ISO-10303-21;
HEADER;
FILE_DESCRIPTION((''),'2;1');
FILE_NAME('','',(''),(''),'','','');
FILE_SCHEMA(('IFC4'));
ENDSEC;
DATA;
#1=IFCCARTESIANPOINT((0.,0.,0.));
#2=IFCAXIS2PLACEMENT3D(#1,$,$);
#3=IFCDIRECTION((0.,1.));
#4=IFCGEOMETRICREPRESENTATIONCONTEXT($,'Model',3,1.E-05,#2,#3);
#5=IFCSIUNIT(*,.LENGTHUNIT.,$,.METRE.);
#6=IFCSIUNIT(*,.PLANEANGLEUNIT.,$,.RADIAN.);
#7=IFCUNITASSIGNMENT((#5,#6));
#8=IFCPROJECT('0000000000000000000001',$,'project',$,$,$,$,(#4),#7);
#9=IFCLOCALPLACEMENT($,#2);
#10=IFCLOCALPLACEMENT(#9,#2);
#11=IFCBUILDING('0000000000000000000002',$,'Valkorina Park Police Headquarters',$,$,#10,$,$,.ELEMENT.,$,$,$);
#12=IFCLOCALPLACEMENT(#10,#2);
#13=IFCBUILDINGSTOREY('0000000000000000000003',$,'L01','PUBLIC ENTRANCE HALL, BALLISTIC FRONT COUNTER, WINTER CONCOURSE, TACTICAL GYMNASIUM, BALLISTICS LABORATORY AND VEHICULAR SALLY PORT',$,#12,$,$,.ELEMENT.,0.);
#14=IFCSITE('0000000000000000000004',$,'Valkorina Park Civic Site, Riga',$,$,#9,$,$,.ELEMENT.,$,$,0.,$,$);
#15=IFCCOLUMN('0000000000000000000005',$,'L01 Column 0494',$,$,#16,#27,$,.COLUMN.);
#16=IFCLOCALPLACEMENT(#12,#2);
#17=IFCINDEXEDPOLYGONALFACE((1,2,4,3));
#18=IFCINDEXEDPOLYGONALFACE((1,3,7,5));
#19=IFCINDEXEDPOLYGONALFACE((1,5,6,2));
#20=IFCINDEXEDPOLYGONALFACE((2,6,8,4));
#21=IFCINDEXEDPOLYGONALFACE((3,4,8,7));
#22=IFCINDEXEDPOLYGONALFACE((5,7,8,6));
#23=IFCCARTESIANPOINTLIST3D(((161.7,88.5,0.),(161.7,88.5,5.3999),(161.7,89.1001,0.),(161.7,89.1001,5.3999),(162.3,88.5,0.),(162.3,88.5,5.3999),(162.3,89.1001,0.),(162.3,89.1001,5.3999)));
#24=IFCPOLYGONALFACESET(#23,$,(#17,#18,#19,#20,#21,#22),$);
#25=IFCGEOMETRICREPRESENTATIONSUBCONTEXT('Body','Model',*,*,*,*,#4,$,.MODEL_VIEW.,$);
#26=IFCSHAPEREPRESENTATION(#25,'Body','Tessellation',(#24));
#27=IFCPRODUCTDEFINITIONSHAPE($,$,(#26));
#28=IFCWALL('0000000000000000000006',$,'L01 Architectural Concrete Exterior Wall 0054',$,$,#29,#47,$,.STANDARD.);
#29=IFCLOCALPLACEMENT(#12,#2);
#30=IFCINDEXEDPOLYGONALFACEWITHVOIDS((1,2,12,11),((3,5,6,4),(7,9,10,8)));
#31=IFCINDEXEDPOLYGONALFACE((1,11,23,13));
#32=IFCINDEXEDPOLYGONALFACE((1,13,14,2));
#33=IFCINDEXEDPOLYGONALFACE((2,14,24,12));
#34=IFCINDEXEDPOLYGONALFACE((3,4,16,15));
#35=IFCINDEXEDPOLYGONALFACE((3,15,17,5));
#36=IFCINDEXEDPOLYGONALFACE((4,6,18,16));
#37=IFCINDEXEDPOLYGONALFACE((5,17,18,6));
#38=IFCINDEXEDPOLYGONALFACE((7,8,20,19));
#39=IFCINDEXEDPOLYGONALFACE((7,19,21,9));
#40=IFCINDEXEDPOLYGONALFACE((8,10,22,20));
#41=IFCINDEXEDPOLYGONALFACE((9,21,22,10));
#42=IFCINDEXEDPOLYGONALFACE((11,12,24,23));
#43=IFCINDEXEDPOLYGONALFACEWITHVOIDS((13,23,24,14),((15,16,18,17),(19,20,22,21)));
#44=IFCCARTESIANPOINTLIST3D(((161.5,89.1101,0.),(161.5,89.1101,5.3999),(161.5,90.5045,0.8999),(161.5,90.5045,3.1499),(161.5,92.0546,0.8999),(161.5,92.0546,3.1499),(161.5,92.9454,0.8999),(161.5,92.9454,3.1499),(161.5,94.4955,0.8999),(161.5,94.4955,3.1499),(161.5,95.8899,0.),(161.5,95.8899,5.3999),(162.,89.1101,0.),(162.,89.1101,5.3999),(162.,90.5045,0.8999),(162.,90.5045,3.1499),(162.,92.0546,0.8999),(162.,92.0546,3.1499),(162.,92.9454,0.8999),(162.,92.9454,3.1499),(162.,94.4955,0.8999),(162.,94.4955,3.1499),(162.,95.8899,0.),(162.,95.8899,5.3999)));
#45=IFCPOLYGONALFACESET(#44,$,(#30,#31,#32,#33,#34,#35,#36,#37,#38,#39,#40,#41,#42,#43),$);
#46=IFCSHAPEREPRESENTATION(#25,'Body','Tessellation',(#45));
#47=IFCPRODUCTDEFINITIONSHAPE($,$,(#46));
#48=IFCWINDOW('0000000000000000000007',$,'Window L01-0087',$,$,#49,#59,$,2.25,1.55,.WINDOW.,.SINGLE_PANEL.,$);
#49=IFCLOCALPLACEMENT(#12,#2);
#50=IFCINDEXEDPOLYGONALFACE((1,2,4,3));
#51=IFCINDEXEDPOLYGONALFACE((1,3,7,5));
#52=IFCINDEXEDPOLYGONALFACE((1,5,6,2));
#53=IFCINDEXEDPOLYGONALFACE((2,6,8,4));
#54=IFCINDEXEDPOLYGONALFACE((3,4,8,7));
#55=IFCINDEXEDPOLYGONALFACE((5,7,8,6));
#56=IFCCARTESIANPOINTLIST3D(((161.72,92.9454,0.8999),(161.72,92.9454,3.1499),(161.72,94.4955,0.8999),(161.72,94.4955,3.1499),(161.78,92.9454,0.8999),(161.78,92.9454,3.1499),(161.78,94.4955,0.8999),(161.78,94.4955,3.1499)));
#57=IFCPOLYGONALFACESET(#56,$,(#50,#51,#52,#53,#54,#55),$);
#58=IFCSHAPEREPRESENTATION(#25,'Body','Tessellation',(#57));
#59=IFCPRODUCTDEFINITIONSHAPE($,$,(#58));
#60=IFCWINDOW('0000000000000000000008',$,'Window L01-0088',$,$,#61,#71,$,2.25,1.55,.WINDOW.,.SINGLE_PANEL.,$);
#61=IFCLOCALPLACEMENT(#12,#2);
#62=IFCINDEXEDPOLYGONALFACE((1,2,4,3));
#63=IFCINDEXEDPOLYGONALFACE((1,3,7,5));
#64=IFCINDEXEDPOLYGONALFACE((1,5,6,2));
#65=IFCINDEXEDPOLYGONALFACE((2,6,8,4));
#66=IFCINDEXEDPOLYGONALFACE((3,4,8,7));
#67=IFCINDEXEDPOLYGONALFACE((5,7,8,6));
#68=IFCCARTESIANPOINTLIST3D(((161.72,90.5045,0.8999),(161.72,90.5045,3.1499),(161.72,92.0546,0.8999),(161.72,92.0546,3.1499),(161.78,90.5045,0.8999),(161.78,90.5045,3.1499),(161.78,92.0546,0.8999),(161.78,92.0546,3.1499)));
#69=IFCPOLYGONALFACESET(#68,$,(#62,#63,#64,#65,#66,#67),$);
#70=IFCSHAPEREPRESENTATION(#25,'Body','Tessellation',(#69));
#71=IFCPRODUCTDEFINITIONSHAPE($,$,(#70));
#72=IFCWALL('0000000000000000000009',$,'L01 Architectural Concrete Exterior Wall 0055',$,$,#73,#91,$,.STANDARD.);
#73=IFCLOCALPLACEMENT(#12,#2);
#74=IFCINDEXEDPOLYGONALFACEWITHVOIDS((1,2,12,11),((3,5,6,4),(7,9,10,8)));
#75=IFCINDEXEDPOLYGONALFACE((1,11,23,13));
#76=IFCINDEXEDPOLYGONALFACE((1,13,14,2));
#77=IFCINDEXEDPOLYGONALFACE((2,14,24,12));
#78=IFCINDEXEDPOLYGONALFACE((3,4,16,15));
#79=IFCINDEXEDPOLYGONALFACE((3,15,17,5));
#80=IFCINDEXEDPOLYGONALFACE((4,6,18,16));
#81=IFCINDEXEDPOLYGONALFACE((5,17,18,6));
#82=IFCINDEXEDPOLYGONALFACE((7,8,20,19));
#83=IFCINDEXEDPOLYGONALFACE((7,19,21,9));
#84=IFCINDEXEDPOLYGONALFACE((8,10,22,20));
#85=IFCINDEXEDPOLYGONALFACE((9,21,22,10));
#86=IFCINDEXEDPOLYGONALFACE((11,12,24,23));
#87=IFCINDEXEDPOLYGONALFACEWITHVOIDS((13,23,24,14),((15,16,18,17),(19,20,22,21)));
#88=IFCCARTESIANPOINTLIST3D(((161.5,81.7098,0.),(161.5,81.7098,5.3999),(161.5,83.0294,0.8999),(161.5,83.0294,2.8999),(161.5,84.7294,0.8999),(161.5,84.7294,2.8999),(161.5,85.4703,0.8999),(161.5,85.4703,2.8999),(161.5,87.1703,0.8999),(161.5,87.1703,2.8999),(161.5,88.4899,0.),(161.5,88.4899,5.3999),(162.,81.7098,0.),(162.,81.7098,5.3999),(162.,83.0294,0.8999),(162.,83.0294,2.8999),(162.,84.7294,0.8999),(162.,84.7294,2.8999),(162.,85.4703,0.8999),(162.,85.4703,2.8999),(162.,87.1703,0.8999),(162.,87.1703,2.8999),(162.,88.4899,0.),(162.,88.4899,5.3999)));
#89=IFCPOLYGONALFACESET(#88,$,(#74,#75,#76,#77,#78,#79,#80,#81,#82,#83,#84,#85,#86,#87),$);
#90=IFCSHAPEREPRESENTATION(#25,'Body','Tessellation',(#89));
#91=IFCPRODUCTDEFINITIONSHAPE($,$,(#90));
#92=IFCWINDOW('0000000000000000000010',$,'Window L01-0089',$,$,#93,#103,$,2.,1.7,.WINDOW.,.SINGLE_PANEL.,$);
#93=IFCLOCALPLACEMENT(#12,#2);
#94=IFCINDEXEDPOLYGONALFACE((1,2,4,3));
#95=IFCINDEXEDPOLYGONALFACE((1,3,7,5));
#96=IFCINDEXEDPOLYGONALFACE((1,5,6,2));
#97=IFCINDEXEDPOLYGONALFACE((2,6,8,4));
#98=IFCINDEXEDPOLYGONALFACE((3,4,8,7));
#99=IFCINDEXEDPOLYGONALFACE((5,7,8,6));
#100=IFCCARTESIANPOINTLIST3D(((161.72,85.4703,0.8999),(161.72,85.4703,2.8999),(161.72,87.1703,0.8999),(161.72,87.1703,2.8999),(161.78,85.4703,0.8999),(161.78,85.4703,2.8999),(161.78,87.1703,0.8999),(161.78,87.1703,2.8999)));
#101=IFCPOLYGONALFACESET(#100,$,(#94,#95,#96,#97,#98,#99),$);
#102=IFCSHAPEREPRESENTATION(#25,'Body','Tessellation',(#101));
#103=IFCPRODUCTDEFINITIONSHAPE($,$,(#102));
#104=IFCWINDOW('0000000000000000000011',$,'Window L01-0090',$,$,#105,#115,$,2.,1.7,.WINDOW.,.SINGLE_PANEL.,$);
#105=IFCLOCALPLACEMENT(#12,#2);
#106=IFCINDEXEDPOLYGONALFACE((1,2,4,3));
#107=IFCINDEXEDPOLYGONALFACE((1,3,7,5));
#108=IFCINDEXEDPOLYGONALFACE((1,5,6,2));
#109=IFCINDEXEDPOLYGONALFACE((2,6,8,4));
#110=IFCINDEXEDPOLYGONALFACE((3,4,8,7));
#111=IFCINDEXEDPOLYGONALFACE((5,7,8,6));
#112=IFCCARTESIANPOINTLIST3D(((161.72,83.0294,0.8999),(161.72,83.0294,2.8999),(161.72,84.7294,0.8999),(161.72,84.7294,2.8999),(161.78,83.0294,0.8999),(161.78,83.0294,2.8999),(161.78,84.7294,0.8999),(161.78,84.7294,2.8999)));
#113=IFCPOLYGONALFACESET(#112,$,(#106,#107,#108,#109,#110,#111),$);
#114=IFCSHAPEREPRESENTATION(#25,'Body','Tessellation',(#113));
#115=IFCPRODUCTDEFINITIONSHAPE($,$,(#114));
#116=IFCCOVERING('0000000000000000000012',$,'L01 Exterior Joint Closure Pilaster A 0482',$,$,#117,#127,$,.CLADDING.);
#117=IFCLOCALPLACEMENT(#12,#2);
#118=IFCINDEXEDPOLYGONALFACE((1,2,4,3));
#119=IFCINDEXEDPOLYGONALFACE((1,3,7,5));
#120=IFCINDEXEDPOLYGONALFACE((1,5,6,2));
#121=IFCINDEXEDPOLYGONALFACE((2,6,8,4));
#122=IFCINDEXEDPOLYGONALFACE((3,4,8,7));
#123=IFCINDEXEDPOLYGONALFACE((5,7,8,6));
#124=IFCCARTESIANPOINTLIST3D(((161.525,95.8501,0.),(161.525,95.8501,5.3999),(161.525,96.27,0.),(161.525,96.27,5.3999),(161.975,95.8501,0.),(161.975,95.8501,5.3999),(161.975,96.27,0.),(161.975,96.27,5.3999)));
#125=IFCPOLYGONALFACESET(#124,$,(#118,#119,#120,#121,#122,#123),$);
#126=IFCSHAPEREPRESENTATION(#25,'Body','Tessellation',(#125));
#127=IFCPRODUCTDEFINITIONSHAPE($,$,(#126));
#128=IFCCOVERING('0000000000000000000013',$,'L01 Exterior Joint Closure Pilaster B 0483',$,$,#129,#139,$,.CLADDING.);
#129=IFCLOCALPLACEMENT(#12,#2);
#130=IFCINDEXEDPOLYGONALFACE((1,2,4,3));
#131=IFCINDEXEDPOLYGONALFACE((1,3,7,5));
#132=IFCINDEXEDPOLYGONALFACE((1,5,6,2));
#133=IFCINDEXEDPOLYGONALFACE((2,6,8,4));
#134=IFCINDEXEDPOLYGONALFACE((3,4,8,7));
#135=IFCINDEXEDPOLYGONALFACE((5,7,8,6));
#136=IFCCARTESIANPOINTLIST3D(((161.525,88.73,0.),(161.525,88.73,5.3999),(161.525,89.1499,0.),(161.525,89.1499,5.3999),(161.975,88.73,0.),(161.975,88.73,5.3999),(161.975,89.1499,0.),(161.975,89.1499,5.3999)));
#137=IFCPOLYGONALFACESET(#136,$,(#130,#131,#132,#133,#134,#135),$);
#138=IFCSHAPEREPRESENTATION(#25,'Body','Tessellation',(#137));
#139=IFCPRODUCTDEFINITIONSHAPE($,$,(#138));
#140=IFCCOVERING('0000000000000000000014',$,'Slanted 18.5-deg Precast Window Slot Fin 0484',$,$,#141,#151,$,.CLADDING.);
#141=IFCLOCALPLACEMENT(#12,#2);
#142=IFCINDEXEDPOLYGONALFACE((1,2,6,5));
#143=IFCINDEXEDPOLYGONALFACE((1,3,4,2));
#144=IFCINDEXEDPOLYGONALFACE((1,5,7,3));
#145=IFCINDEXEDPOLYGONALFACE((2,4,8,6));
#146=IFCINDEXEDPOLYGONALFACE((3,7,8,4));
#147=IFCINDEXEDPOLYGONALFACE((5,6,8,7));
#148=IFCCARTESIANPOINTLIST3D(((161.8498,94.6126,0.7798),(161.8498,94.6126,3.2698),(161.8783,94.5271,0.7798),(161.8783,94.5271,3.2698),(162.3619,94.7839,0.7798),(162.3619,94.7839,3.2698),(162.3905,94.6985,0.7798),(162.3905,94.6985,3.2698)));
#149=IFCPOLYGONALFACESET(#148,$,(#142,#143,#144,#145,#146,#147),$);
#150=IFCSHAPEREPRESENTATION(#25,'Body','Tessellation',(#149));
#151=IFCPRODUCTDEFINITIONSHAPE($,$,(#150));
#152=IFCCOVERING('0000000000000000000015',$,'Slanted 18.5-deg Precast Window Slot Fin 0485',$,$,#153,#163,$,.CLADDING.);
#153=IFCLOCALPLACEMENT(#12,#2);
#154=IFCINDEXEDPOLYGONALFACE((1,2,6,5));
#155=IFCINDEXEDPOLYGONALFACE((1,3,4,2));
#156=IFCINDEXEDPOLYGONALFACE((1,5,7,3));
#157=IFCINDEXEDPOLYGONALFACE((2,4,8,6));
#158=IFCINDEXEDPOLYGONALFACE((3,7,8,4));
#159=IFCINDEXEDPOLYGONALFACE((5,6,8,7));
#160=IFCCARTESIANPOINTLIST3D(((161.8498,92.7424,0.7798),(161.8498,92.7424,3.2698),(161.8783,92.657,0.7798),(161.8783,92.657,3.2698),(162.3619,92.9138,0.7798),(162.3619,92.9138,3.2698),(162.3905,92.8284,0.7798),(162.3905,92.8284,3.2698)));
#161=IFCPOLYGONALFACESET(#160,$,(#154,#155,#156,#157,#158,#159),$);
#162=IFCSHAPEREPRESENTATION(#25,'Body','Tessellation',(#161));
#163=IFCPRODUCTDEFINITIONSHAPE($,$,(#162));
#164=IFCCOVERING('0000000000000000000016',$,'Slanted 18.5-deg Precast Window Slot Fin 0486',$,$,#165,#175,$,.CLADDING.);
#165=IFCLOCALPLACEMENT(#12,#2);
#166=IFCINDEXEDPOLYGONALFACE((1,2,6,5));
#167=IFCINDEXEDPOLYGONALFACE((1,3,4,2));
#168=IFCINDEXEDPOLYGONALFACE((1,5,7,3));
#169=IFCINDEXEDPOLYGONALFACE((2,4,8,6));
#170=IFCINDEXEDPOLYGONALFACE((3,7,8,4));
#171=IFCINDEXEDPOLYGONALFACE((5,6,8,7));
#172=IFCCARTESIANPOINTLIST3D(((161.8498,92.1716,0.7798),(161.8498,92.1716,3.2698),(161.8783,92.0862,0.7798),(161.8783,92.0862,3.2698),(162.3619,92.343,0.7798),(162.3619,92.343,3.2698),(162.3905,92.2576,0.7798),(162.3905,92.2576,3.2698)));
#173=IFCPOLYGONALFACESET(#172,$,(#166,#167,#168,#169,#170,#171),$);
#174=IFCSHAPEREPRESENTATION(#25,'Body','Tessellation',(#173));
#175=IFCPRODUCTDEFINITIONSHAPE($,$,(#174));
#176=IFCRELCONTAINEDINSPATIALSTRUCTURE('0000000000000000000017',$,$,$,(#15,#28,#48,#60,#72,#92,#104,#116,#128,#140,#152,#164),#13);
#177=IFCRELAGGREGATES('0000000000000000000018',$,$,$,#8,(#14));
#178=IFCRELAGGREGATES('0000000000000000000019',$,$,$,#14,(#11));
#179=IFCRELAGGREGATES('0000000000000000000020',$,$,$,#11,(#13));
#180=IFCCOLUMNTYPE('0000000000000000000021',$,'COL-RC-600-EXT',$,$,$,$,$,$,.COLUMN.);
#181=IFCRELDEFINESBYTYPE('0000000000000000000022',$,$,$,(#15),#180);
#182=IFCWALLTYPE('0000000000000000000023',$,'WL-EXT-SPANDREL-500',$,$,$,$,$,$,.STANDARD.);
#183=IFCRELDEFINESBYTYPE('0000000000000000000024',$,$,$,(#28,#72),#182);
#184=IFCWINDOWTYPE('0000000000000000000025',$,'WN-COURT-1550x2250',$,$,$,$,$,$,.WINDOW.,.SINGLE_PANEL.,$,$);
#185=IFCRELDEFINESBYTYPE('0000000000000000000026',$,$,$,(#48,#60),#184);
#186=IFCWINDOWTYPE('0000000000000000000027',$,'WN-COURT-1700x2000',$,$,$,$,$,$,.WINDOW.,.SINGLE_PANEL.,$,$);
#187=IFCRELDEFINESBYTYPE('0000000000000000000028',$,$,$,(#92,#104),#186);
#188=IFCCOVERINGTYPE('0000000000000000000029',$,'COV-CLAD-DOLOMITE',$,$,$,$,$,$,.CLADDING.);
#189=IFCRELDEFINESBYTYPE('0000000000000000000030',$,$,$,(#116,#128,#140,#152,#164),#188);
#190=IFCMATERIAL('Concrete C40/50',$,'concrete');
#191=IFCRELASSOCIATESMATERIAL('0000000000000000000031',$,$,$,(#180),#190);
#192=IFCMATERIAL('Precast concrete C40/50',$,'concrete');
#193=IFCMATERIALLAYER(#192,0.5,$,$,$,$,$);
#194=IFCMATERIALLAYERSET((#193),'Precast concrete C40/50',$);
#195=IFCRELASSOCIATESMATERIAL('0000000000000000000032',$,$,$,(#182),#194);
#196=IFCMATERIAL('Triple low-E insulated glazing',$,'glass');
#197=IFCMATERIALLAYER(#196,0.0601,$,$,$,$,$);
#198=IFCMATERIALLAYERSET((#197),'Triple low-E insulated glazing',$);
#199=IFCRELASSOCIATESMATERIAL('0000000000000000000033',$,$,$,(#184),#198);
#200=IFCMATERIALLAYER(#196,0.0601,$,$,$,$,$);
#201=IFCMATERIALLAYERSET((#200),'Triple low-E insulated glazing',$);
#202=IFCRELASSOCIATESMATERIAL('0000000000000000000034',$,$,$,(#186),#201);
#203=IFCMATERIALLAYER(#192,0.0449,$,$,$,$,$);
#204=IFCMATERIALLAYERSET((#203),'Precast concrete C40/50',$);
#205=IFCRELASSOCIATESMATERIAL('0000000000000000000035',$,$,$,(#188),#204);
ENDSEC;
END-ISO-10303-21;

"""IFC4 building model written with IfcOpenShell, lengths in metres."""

from ifc_helpers import new_model, si_unit, direction, frame, frame_2d, origin, origin_2d, place, context, subcontext, project, spatial, rectangle, extrude, material, layer, layer_set, material_profile, profile_set, type_object, element, fill, save


model = new_model("IFC4")

# Units and contexts
model_context = context("Model", 3, precision=1e-05, world=origin(), true_north=direction((0.0, 1.0)))
body_context = subcontext(model_context, "Body", "Model", "MODEL_VIEW")
ifc_project = project(units=[si_unit("LENGTHUNIT", "METRE"), si_unit("PLANEANGLEUNIT", "RADIAN")], contexts=[model_context])

# Site, building, storey
site_placement = place(None, origin())
site = spatial("IfcSite", under=ifc_project, at=site_placement, Name="Valkorina Park Civic Site, Riga", CompositionType="ELEMENT", RefElevation=0.0)
building_placement = place(site_placement, origin())
building = spatial("IfcBuilding", under=site, at=building_placement, Name="Valkorina Park Police Headquarters", CompositionType="ELEMENT")
storey_placement = place(building_placement, origin())
storey = spatial("IfcBuildingStorey", under=building, at=storey_placement, Name="L01", Description="PUBLIC ENTRANCE HALL, BALLISTIC FRONT COUNTER, WINTER CONCOURSE, TACTICAL GYMNASIUM, BALLISTICS LABORATORY AND VEHICULAR SALLY PORT", CompositionType="ELEMENT", Elevation=0.0)

# Column
ifc_material_1 = material(Name="Concrete C40/50", Category="concrete")
ifc_material_profile = material_profile(ifc_material_1, rectangle(XDim=0.6001, YDim=0.6001, at=origin_2d()), Name="RC COL 600x600")
ifc_profile_set = profile_set([ifc_material_profile], Name="Concrete C40/50")
column_type = type_object("IfcColumnType", Name="COL-RC-600-EXT", PredefinedType="COLUMN", material=ifc_profile_set)
column_placement = place(storey_placement, frame((162.0, 88.8, 0.0), z_axis=(0.0, 0.0, 1.0), x_axis=(1.0, 0.0, 0.0)))
element("IfcColumn", 1, at=column_placement, inside=storey, type_object=column_type, Name="L01 Column 0494", PredefinedType="COLUMN", context=body_context, shape_type="SweptSolid", body=[
    extrude(rectangle(XDim=0.6001, YDim=0.6001, at=origin_2d()), origin(), (0.0, 0.0, 1.0), 5.3999),
])

# Walls, openings, windows
ifc_material_2 = material(Name="Precast concrete C40/50", Category="concrete")
ifc_layer_1 = layer(ifc_material_2, 0.5)
ifc_layer_set_1 = layer_set([ifc_layer_1], Name="Precast concrete C40/50")
wall_type = type_object("IfcWallType", Name="WL-EXT-SPANDREL-500", PredefinedType="STANDARD", material=ifc_layer_set_1)
wall_1_placement = place(storey_placement, frame((161.75, 95.8899, 0.0), z_axis=(0.0, 0.0, 1.0), x_axis=(0.0, -1.0, 0.0)))
wall_1 = element("IfcWall", 2, at=wall_1_placement, inside=storey, type_object=wall_type, Name="L01 Architectural Concrete Exterior Wall 0054", PredefinedType="STANDARD", context=body_context, shape_type="SweptSolid", body=[
    extrude(rectangle(XDim=6.7798, YDim=0.5, at=frame_2d((3.3899, 0.0))), origin(), (0.0, 0.0, 1.0), 5.3999),
])
opening_1_placement = place(wall_1_placement, frame((1.3945, 0.0, 0.8999)))
opening_1 = element("IfcOpeningElement", 3, at=opening_1_placement, cuts=wall_1, PredefinedType="OPENING", context=body_context, shape_type="SweptSolid", body=[
    extrude(rectangle(XDim=1.55, YDim=2.25, at=frame_2d((0.7749, 1.125))), frame((0.0, 0.26, 0.0), z_axis=(0.0, -1.0, 0.0), x_axis=(1.0, 0.0, 0.0)), (0.0, 0.0, 1.0), 0.52),
])
opening_2_placement = place(wall_1_placement, frame((3.8354, 0.0, 0.8999)))
opening_2 = element("IfcOpeningElement", 4, at=opening_2_placement, cuts=wall_1, PredefinedType="OPENING", context=body_context, shape_type="SweptSolid", body=[
    extrude(rectangle(XDim=1.55, YDim=2.25, at=frame_2d((0.7749, 1.125))), frame((0.0, 0.26, 0.0), z_axis=(0.0, -1.0, 0.0), x_axis=(1.0, 0.0, 0.0)), (0.0, 0.0, 1.0), 0.52),
])
ifc_material_3 = material(Name="Triple low-E insulated glazing", Category="glass")
ifc_layer_2 = layer(ifc_material_3, 0.0601)
ifc_layer_set_2 = layer_set([ifc_layer_2], Name="Triple low-E insulated glazing")
window_type_1 = type_object("IfcWindowType", Name="WN-COURT-1550x2250", PartitioningType="SINGLE_PANEL", PredefinedType="WINDOW", material=ifc_layer_set_2)
window_1_placement = place(opening_1_placement, origin())
window_1 = element("IfcWindow", 5, at=window_1_placement, inside=storey, type_object=window_type_1, Name="Window L01-0087", OverallHeight=2.25, OverallWidth=1.55, PartitioningType="SINGLE_PANEL", PredefinedType="WINDOW", context=body_context, shape_type="SweptSolid", body=[
    extrude(rectangle(XDim=1.55, YDim=2.25, at=frame_2d((0.7749, 1.125))), frame((0.0, 0.03, 0.0), z_axis=(0.0, -1.0, 0.0), x_axis=(1.0, 0.0, 0.0)), (0.0, 0.0, 1.0), 0.0601),
])
fill(opening_1, window_1)
window_2_placement = place(opening_2_placement, origin())
window_2 = element("IfcWindow", 6, at=window_2_placement, inside=storey, type_object=window_type_1, Name="Window L01-0088", OverallHeight=2.25, OverallWidth=1.55, PartitioningType="SINGLE_PANEL", PredefinedType="WINDOW", context=body_context, shape_type="SweptSolid", body=[
    extrude(rectangle(XDim=1.55, YDim=2.25, at=frame_2d((0.7749, 1.125))), frame((0.0, 0.03, 0.0), z_axis=(0.0, -1.0, 0.0), x_axis=(1.0, 0.0, 0.0)), (0.0, 0.0, 1.0), 0.0601),
])
fill(opening_2, window_2)
wall_2_placement = place(storey_placement, frame((161.75, 88.49, 0.0), z_axis=(0.0, 0.0, 1.0), x_axis=(0.0, -1.0, 0.0)))
wall_2 = element("IfcWall", 7, at=wall_2_placement, inside=storey, type_object=wall_type, Name="L01 Architectural Concrete Exterior Wall 0055", PredefinedType="STANDARD", context=body_context, shape_type="SweptSolid", body=[
    extrude(rectangle(XDim=6.78, YDim=0.5, at=frame_2d((3.3901, 0.0))), origin(), (0.0, 0.0, 1.0), 5.3999),
])
opening_3_placement = place(wall_2_placement, frame((1.3196, 0.0, 0.8999)))
opening_3 = element("IfcOpeningElement", 8, at=opening_3_placement, cuts=wall_2, PredefinedType="OPENING", context=body_context, shape_type="SweptSolid", body=[
    extrude(rectangle(XDim=1.7, YDim=2.0, at=frame_2d((0.8501, 1.0))), frame((0.0, 0.26, 0.0), z_axis=(0.0, -1.0, 0.0), x_axis=(1.0, 0.0, 0.0)), (0.0, 0.0, 1.0), 0.52),
])
opening_4_placement = place(wall_2_placement, frame((3.7605, 0.0, 0.8999)))
opening_4 = element("IfcOpeningElement", 9, at=opening_4_placement, cuts=wall_2, PredefinedType="OPENING", context=body_context, shape_type="SweptSolid", body=[
    extrude(rectangle(XDim=1.7, YDim=2.0, at=frame_2d((0.8501, 1.0))), frame((0.0, 0.26, 0.0), z_axis=(0.0, -1.0, 0.0), x_axis=(1.0, 0.0, 0.0)), (0.0, 0.0, 1.0), 0.52),
])
ifc_layer_3 = layer(ifc_material_3, 0.0601)
ifc_layer_set_3 = layer_set([ifc_layer_3], Name="Triple low-E insulated glazing")
window_type_2 = type_object("IfcWindowType", Name="WN-COURT-1700x2000", PartitioningType="SINGLE_PANEL", PredefinedType="WINDOW", material=ifc_layer_set_3)
window_3_placement = place(opening_3_placement, origin())
window_3 = element("IfcWindow", 10, at=window_3_placement, inside=storey, type_object=window_type_2, Name="Window L01-0089", OverallHeight=2.0, OverallWidth=1.7, PartitioningType="SINGLE_PANEL", PredefinedType="WINDOW", context=body_context, shape_type="SweptSolid", body=[
    extrude(rectangle(XDim=1.7, YDim=2.0, at=frame_2d((0.8501, 1.0))), frame((0.0, 0.03, 0.0), z_axis=(0.0, -1.0, 0.0), x_axis=(1.0, 0.0, 0.0)), (0.0, 0.0, 1.0), 0.0601),
])
fill(opening_3, window_3)
window_4_placement = place(opening_4_placement, origin())
window_4 = element("IfcWindow", 11, at=window_4_placement, inside=storey, type_object=window_type_2, Name="Window L01-0090", OverallHeight=2.0, OverallWidth=1.7, PartitioningType="SINGLE_PANEL", PredefinedType="WINDOW", context=body_context, shape_type="SweptSolid", body=[
    extrude(rectangle(XDim=1.7, YDim=2.0, at=frame_2d((0.8501, 1.0))), frame((0.0, 0.03, 0.0), z_axis=(0.0, -1.0, 0.0), x_axis=(1.0, 0.0, 0.0)), (0.0, 0.0, 1.0), 0.0601),
])
fill(opening_4, window_4)

# Coverings
ifc_layer_4 = layer(ifc_material_2, 0.0449)
ifc_layer_set_4 = layer_set([ifc_layer_4], Name="Precast concrete C40/50")
covering_type = type_object("IfcCoveringType", Name="COV-CLAD-DOLOMITE", PredefinedType="CLADDING", material=ifc_layer_set_4)
for number, where, z_axis, x_axis, name in (
    (12, (161.75, 96.0601, 0.0), (0.0, 0.0, 1.0), (0.0, 1.0, 0.0), "L01 Exterior Joint Closure Pilaster A 0482"),
    (13, (161.75, 88.9399, 0.0), (0.0, 0.0, 1.0), (0.0, 1.0, 0.0), "L01 Exterior Joint Closure Pilaster B 0483"),
):
    element("IfcCovering", number, at=place(storey_placement, frame(where, z_axis=z_axis, x_axis=x_axis)), inside=storey, type_object=covering_type, Name=name, PredefinedType="CLADDING", context=body_context, shape_type="SweptSolid", body=[
        extrude(rectangle(XDim=0.4199, YDim=0.45, at=origin_2d()), origin(), (0.0, 0.0, 1.0), 5.3999),
    ])
for number, where, z_axis, x_axis, name in (
    (14, (162.1201, 94.6555, 0.7798), (0.0, 0.0, 1.0), (0.948324, 0.317305, 0.0), "Slanted 18.5-deg Precast Window Slot Fin 0484"),
    (15, (162.1201, 92.7854, 0.7798), (0.0, 0.0, 1.0), (0.948324, 0.317305, 0.0), "Slanted 18.5-deg Precast Window Slot Fin 0485"),
    (16, (162.1201, 92.2146, 0.7798), (0.0, 0.0, 1.0), (0.948324, 0.317305, 0.0), "Slanted 18.5-deg Precast Window Slot Fin 0486"),
):
    element("IfcCovering", number, at=place(storey_placement, frame(where, z_axis=z_axis, x_axis=x_axis)), inside=storey, type_object=covering_type, Name=name, PredefinedType="CLADDING", context=body_context, shape_type="SweptSolid", body=[
        extrude(rectangle(XDim=0.54, YDim=0.0901, at=origin_2d()), origin(), (0.0, 0.0, 1.0), 2.49),
    ])

save(model, "model.ifc")
